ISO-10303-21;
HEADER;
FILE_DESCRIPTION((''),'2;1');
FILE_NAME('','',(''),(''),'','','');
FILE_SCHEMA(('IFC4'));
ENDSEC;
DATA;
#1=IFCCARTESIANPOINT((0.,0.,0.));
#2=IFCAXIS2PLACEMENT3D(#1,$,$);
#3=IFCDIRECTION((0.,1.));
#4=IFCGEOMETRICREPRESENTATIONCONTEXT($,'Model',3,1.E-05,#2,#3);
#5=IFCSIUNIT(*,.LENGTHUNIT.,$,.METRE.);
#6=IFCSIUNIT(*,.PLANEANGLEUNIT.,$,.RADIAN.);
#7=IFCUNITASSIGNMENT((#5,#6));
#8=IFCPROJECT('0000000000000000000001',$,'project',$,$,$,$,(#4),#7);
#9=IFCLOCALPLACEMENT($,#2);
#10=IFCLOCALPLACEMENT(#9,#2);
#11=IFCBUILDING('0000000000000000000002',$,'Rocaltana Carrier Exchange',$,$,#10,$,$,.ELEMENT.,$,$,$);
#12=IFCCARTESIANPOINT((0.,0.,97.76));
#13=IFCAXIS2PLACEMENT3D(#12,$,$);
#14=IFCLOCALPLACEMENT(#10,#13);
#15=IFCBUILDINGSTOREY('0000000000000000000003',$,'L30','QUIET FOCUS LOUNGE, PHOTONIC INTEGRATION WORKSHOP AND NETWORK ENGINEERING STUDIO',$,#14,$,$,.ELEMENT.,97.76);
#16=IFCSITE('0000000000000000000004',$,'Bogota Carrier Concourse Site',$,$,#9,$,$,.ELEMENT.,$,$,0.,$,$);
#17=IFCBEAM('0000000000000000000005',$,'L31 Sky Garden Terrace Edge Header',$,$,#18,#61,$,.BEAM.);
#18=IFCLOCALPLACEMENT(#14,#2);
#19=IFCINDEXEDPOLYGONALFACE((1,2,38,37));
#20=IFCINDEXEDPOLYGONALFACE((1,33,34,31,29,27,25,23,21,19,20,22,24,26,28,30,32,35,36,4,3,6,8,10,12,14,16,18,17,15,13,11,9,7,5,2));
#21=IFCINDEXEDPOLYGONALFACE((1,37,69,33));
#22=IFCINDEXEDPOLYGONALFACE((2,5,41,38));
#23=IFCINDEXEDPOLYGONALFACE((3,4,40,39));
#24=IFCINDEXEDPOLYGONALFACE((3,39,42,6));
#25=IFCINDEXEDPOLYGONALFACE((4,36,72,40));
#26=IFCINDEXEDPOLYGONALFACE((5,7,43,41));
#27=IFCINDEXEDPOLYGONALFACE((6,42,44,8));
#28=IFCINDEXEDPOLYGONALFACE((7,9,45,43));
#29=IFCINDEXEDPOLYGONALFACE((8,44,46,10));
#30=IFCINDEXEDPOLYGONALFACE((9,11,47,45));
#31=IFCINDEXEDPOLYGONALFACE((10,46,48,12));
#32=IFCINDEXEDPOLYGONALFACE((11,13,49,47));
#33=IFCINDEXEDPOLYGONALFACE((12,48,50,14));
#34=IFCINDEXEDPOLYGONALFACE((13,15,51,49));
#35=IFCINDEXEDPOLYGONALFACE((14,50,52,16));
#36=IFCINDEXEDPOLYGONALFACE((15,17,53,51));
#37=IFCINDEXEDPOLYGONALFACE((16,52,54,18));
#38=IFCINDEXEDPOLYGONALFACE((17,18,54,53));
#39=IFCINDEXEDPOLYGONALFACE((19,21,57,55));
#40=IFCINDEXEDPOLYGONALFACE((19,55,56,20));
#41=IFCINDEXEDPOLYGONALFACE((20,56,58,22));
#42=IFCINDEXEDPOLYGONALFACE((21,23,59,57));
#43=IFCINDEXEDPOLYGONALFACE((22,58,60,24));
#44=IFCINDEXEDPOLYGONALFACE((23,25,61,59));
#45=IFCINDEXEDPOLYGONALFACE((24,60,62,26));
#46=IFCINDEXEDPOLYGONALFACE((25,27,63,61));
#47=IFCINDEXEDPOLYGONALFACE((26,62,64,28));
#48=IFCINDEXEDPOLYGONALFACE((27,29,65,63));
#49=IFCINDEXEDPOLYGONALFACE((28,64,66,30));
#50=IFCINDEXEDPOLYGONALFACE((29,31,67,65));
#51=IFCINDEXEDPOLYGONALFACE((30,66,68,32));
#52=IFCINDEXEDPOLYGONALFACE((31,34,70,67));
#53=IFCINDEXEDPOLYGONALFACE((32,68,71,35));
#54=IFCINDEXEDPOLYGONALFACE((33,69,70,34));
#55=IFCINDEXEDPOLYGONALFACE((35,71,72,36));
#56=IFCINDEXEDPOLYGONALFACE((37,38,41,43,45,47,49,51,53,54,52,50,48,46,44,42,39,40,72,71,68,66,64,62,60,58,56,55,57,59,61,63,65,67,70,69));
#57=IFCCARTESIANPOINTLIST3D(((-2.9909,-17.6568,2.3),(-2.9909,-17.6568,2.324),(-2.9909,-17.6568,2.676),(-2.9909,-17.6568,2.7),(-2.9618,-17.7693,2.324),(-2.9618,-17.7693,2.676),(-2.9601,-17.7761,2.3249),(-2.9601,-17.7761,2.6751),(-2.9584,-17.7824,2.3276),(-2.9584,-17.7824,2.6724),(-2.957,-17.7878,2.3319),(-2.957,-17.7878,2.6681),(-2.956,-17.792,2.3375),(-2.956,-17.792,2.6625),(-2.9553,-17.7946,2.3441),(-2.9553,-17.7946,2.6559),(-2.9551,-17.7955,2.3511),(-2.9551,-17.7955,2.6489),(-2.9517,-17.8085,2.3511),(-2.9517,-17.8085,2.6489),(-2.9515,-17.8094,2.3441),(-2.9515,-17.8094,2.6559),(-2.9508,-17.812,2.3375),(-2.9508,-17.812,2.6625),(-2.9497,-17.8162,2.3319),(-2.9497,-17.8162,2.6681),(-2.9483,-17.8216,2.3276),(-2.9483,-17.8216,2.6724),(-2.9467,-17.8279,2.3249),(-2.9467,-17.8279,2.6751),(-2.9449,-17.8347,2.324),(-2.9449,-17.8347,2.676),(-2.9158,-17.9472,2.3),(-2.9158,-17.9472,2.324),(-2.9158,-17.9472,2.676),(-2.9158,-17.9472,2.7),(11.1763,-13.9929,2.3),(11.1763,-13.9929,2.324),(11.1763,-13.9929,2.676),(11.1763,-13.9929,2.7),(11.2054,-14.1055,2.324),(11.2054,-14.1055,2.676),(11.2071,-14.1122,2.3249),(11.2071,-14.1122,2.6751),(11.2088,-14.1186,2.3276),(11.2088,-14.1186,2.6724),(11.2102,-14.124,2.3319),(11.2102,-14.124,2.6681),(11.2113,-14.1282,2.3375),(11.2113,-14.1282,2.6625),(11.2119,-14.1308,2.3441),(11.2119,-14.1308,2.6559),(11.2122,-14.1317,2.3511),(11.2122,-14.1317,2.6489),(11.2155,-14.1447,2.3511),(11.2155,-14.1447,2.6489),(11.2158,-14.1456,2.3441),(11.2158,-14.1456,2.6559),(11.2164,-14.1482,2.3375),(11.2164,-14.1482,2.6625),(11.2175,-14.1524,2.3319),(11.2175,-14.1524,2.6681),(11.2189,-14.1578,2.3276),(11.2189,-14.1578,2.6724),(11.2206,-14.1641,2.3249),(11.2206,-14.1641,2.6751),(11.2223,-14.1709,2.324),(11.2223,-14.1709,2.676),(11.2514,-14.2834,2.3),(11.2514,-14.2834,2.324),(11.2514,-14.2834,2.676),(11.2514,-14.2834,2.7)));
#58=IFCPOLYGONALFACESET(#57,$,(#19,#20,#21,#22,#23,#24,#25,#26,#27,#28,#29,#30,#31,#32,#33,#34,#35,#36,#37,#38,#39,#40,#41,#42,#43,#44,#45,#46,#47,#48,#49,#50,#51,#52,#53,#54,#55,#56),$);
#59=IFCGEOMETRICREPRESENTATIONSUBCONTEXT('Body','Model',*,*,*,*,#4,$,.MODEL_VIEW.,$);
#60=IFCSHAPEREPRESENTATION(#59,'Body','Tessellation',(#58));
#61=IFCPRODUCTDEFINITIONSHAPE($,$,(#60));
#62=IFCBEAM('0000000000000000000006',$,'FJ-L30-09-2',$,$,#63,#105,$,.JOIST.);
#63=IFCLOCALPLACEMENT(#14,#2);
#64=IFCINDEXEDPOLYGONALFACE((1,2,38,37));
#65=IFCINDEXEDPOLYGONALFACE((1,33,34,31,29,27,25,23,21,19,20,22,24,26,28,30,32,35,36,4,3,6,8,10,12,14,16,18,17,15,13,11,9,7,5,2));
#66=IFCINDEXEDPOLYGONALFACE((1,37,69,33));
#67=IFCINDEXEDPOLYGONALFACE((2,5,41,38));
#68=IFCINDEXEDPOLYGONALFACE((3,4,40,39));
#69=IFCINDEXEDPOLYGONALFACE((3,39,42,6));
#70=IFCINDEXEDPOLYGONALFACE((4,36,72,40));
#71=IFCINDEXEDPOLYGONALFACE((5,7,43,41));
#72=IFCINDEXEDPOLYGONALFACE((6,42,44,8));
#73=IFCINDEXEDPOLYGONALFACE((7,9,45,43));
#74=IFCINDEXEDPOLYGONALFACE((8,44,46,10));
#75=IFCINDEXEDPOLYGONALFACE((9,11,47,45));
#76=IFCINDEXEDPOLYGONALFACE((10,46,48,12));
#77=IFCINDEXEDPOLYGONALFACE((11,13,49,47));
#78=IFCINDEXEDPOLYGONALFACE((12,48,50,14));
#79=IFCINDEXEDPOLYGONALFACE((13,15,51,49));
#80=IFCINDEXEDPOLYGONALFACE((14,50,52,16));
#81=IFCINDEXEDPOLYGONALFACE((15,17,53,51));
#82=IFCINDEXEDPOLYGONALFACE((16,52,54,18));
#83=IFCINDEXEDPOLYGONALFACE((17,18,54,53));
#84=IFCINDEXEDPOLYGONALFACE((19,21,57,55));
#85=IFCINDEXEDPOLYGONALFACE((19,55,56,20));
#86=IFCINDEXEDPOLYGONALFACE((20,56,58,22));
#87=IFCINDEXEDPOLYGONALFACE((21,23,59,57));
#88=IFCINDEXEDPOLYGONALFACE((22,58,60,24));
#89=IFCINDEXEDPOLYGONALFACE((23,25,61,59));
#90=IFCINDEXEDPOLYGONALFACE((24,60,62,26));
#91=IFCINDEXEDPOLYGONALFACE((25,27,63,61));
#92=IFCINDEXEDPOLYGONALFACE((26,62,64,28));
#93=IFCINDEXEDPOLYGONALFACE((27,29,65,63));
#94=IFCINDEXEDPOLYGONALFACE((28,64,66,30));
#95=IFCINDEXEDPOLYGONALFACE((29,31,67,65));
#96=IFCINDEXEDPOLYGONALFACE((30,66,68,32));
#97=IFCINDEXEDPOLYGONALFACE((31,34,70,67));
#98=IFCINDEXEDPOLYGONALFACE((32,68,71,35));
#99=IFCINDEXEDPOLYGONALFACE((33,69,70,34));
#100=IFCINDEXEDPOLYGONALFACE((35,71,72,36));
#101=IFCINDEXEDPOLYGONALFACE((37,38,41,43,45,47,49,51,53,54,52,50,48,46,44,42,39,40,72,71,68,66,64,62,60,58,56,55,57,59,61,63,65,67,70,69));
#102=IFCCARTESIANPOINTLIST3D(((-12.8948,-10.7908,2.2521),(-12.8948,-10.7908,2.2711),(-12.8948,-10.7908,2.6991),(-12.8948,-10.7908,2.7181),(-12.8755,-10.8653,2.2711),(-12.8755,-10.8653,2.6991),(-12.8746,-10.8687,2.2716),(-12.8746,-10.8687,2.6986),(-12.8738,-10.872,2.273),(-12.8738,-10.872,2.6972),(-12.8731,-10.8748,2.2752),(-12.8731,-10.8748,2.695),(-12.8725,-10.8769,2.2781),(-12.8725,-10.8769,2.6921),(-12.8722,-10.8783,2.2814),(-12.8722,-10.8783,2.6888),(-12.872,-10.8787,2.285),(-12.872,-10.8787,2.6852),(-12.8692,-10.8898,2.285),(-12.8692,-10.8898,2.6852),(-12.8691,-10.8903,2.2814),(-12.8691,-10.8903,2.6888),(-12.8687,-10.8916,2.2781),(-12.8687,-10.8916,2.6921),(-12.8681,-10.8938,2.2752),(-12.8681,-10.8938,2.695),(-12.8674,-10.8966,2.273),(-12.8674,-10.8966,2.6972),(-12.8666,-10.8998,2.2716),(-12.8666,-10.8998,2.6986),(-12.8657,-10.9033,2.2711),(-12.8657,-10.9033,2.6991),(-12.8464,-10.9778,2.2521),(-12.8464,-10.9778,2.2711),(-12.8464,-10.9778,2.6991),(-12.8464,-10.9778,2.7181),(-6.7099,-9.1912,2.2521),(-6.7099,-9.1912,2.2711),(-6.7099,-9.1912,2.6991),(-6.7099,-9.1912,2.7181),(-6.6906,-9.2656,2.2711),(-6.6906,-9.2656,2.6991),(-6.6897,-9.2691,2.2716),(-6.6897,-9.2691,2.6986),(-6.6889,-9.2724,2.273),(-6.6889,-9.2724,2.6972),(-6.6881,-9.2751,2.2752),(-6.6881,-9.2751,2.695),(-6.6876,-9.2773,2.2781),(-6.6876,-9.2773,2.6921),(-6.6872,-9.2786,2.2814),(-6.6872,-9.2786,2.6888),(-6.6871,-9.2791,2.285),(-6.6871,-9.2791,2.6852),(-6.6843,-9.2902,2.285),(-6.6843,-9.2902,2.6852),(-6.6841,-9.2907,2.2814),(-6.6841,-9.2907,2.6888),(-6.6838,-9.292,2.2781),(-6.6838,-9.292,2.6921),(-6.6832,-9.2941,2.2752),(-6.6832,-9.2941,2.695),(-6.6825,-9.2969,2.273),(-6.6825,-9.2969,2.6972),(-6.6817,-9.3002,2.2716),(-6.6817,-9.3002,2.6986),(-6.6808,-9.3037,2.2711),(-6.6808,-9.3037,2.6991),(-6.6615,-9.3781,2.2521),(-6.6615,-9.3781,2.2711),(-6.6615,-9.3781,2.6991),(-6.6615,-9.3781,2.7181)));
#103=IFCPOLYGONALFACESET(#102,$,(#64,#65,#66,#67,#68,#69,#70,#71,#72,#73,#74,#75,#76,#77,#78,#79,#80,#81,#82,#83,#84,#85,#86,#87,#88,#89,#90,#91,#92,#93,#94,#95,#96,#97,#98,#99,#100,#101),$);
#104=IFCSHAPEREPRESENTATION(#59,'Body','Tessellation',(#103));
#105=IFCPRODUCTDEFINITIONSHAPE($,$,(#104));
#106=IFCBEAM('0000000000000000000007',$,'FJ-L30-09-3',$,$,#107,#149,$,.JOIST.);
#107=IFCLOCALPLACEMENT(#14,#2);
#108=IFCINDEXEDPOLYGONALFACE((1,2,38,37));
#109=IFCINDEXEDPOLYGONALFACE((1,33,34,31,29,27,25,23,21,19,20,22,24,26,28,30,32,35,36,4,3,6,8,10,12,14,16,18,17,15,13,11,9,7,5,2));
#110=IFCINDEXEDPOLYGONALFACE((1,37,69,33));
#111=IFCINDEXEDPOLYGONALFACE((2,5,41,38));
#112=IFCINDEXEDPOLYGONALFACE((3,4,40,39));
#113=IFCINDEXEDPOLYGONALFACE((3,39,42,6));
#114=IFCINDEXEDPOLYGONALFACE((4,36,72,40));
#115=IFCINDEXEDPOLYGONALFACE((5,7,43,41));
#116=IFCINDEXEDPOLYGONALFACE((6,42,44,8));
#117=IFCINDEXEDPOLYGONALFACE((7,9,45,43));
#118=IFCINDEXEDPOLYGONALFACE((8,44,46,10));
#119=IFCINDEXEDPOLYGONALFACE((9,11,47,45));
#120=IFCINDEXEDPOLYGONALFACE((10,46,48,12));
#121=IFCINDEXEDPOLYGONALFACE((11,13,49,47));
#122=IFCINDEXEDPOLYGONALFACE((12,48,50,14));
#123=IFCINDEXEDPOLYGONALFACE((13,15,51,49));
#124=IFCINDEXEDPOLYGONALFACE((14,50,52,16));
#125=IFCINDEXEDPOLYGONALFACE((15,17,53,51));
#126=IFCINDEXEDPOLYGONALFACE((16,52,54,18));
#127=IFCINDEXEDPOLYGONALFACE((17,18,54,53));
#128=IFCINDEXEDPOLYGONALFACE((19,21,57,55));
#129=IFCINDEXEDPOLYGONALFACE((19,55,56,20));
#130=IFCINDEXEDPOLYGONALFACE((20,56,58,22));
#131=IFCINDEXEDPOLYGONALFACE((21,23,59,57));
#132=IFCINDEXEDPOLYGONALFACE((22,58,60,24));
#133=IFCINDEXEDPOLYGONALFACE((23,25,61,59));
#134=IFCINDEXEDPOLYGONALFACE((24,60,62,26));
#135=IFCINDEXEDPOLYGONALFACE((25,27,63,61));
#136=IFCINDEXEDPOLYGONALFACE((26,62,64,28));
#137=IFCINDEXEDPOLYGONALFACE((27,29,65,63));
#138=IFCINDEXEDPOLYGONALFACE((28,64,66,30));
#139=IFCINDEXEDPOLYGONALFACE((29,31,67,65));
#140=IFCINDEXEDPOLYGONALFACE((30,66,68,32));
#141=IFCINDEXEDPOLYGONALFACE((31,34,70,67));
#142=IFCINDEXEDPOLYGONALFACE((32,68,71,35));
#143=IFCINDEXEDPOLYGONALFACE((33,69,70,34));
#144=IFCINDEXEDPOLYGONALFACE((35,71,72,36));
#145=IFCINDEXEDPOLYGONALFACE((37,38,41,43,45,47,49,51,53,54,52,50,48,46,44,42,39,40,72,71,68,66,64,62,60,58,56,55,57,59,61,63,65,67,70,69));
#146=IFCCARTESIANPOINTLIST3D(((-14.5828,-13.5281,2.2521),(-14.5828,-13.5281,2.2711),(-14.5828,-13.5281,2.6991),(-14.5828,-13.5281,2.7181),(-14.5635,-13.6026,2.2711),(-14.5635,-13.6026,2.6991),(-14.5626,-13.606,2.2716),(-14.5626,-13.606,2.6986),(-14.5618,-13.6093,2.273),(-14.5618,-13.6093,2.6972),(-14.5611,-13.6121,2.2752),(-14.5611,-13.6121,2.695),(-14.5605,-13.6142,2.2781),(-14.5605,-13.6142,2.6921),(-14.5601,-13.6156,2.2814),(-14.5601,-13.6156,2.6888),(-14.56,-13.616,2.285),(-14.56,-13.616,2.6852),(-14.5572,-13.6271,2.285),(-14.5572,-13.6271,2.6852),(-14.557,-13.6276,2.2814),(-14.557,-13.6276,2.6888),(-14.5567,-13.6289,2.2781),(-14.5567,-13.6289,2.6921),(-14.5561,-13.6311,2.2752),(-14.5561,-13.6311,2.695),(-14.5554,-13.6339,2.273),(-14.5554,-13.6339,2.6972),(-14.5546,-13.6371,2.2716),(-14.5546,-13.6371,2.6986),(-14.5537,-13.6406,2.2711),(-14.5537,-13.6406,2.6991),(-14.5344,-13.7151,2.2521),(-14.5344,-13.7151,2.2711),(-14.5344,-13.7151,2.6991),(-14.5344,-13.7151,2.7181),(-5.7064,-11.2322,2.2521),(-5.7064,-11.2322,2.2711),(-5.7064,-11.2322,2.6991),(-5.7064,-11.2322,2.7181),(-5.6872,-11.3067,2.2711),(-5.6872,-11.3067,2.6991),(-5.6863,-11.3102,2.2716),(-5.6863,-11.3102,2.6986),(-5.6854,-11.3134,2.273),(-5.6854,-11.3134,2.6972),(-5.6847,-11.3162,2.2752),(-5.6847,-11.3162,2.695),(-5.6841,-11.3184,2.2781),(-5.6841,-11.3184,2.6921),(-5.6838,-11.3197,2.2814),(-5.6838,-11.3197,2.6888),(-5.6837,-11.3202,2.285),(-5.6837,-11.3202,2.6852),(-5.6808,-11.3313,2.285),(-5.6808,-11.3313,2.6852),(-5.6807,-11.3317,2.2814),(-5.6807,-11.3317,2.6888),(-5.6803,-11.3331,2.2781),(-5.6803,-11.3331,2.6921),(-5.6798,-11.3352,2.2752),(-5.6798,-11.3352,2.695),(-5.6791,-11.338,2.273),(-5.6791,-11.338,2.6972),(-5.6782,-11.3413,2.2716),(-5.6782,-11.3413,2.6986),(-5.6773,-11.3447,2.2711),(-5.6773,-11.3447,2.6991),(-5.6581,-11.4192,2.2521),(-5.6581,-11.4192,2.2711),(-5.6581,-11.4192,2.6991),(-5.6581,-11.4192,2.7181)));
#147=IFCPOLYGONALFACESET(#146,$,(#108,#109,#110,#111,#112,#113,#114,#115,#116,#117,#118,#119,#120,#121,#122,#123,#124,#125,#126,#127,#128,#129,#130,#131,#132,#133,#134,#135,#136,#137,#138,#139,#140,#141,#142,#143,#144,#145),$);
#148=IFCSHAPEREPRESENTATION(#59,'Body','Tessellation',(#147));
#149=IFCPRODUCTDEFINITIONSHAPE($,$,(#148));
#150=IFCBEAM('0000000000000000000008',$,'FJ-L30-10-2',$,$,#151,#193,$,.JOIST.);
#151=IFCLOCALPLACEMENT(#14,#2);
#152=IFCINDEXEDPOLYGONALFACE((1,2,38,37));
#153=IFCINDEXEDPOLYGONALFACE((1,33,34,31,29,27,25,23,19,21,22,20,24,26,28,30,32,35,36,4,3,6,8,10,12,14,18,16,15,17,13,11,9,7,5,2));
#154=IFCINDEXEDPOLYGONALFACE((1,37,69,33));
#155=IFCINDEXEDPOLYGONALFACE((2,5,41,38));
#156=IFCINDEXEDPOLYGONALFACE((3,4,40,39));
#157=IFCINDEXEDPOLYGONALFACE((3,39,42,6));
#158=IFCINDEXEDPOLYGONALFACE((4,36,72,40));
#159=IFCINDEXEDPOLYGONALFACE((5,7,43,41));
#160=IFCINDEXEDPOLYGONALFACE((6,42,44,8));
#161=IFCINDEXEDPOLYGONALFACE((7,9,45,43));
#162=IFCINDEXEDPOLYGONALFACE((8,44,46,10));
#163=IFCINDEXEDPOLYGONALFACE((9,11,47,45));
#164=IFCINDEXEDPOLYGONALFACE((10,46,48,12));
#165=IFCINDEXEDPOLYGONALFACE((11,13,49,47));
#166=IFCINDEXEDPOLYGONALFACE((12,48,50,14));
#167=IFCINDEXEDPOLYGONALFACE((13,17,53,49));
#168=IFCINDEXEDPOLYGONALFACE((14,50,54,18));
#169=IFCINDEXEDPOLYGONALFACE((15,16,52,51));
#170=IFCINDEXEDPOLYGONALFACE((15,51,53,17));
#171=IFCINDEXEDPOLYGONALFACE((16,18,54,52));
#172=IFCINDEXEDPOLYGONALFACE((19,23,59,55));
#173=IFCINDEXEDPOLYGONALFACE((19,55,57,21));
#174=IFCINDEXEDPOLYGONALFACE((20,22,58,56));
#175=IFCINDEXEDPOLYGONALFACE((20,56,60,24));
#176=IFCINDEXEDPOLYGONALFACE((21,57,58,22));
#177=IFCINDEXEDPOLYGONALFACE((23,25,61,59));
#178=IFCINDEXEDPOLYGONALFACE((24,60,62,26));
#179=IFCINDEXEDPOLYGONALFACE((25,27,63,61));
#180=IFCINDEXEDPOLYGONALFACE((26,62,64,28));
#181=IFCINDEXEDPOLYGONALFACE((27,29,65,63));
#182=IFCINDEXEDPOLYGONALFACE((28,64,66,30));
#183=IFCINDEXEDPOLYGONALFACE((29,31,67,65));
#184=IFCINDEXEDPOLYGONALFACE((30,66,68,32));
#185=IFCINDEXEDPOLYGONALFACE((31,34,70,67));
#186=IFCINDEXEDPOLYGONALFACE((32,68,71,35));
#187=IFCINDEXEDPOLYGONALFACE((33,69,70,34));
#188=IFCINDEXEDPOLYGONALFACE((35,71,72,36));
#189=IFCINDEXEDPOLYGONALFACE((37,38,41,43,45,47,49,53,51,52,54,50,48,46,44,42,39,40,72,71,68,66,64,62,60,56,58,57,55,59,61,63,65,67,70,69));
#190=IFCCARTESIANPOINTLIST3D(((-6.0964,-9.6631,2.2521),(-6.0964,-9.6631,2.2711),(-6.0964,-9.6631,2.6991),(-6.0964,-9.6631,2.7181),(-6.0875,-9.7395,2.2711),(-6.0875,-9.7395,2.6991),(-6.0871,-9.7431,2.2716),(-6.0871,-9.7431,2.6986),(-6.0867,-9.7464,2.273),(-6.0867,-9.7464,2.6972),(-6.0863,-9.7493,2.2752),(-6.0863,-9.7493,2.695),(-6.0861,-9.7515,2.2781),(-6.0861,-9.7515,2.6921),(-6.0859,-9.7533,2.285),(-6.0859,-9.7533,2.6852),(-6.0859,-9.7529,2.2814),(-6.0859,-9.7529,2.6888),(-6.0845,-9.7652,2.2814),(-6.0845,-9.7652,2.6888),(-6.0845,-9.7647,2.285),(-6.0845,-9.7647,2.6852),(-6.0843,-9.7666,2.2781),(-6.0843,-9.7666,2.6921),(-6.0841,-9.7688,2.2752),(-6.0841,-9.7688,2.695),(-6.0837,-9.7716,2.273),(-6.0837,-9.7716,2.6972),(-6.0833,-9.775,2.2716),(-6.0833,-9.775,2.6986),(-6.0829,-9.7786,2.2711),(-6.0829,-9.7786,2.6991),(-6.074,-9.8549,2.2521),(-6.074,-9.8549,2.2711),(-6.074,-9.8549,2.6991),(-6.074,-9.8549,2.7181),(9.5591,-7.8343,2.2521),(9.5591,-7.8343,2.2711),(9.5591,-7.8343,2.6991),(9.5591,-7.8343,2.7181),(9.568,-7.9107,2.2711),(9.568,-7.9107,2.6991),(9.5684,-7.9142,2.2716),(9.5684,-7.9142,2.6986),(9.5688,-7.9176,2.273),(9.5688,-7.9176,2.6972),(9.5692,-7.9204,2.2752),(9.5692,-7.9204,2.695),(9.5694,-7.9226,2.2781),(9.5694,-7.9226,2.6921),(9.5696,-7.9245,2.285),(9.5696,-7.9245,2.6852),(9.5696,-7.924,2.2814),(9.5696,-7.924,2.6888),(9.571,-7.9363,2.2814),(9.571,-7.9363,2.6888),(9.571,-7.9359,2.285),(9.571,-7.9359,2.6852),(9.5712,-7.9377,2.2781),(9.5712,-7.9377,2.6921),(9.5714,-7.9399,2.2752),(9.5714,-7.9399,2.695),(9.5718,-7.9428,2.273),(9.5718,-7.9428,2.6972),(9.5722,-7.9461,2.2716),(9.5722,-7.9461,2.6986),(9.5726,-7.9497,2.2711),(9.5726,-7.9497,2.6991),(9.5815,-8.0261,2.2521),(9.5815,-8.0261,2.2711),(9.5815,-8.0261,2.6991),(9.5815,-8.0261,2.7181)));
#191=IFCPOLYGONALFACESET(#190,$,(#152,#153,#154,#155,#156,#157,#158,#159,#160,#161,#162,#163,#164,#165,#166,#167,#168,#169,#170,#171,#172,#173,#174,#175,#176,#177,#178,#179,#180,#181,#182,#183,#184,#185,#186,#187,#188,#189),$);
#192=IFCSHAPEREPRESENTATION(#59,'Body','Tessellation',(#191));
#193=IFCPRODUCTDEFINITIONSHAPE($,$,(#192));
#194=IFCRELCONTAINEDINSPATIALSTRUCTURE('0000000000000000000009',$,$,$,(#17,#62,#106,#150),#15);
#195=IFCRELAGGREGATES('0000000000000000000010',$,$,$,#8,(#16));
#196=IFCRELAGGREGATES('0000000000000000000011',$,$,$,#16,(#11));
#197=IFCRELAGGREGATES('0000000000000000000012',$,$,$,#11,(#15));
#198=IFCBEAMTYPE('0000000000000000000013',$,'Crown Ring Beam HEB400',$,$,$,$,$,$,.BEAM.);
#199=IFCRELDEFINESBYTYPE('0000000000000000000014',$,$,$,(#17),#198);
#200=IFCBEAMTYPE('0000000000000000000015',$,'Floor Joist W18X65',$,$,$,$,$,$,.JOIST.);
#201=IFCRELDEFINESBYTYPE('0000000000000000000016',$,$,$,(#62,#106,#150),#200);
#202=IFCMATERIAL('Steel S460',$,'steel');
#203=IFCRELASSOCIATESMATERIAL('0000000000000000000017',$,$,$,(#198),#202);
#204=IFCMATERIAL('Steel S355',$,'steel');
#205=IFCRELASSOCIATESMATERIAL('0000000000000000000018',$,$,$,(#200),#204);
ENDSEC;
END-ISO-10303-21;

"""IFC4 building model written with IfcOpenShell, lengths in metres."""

from ifc_helpers import new_model, si_unit, direction, frame, origin, origin_2d, place, context, subcontext, project, spatial, i_section, extrude, material, material_profile, profile_set, type_object, element, save


model = new_model("IFC4")

# Units and contexts
model_context = context("Model", 3, precision=1e-05, world=origin(), true_north=direction((0.0, 1.0)))
body_context = subcontext(model_context, "Body", "Model", "MODEL_VIEW")
ifc_project = project(units=[si_unit("LENGTHUNIT", "METRE"), si_unit("PLANEANGLEUNIT", "RADIAN")], contexts=[model_context])

# Site, building, storey
site_placement = place(None, origin())
site = spatial("IfcSite", under=ifc_project, at=site_placement, Name="Bogota Carrier Concourse Site", CompositionType="ELEMENT", RefElevation=0.0)
building_placement = place(site_placement, origin())
building = spatial("IfcBuilding", under=site, at=building_placement, Name="Rocaltana Carrier Exchange", CompositionType="ELEMENT")
storey_placement = place(building_placement, frame((0.0, 0.0, 97.76)))
storey = spatial("IfcBuildingStorey", under=building, at=storey_placement, Name="L30", Description="QUIET FOCUS LOUNGE, PHOTONIC INTEGRATION WORKSHOP AND NETWORK ENGINEERING STUDIO", CompositionType="ELEMENT", Elevation=97.76)

# Beams
ifc_material_1 = material(Name="Steel S460", Category="steel")
ifc_material_profile_1 = material_profile(ifc_material_1, i_section(OverallWidth=0.3, OverallDepth=0.3999, WebThickness=0.0134, FlangeThickness=0.0239, FilletRadius=0.0271, at=origin_2d()), Name="HEB400")
ifc_profile_set_1 = profile_set([ifc_material_profile_1], Name="Steel S460")
beam_type_1 = type_object("IfcBeamType", Name="Crown Ring Beam HEB400", PredefinedType="BEAM", material=ifc_profile_set_1)
beam_1_placement = place(storey_placement, frame((-2.9534, -17.802, 2.5), z_axis=(0.968149, 0.250375, 0.0), x_axis=(-0.250375, 0.968149, 0.0)))
element("IfcBeam", 1, at=beam_1_placement, inside=storey, type_object=beam_type_1, Name="L31 Sky Garden Terrace Edge Header", PredefinedType="BEAM", context=body_context, shape_type="SweptSolid", body=[
    extrude(i_section(OverallWidth=0.3, OverallDepth=0.3999, WebThickness=0.0134, FlangeThickness=0.0239, FilletRadius=0.0271, at=origin_2d()), origin(), (0.0, 0.0, 1.0), 14.6333),
])
ifc_material_2 = material(Name="Steel S355", Category="steel")
ifc_material_profile_2 = material_profile(ifc_material_2, i_section(OverallWidth=0.1931, OverallDepth=0.4661, WebThickness=0.0115, FlangeThickness=0.019, FilletRadius=0.0139, at=origin_2d()), Name="W18X65")
ifc_profile_set_2 = profile_set([ifc_material_profile_2], Name="Steel S355")
beam_type_2 = type_object("IfcBeamType", Name="Floor Joist W18X65", PredefinedType="JOIST", material=ifc_profile_set_2)
beam_2_placement = place(storey_placement, frame((-12.8706, -10.8843, 2.4851), z_axis=(0.968144, 0.250396, 0.0), x_axis=(-0.250396, 0.968144, 0.0)))
element("IfcBeam", 2, at=beam_2_placement, inside=storey, type_object=beam_type_2, Name="FJ-L30-09-2", PredefinedType="JOIST", context=body_context, shape_type="SweptSolid", body=[
    extrude(i_section(OverallWidth=0.1931, OverallDepth=0.4661, WebThickness=0.0115, FlangeThickness=0.019, FilletRadius=0.0139, at=origin_2d()), origin(), (0.0, 0.0, 1.0), 6.3884),
])
beam_3_placement = place(storey_placement, frame((-14.5586, -13.6216, 2.4851), z_axis=(0.96814, 0.25041, 0.0), x_axis=(-0.25041, 0.96814, 0.0)))
element("IfcBeam", 3, at=beam_3_placement, inside=storey, type_object=beam_type_2, Name="FJ-L30-09-3", PredefinedType="JOIST", context=body_context, shape_type="SweptSolid", body=[
    extrude(i_section(OverallWidth=0.1931, OverallDepth=0.4661, WebThickness=0.0115, FlangeThickness=0.019, FilletRadius=0.0139, at=origin_2d()), origin(), (0.0, 0.0, 1.0), 9.1685),
])
beam_4_placement = place(storey_placement, frame((-6.0852, -9.759, 2.4851), z_axis=(0.993246, 0.11603, 0.0), x_axis=(-0.11603, 0.993246, 0.0)))
element("IfcBeam", 4, at=beam_4_placement, inside=storey, type_object=beam_type_2, Name="FJ-L30-10-2", PredefinedType="JOIST", context=body_context, shape_type="SweptSolid", body=[
    extrude(i_section(OverallWidth=0.1931, OverallDepth=0.4661, WebThickness=0.0115, FlangeThickness=0.019, FilletRadius=0.0139, at=origin_2d()), origin(), (0.0, 0.0, 1.0), 15.762),
])

save(model, "model.ifc")
